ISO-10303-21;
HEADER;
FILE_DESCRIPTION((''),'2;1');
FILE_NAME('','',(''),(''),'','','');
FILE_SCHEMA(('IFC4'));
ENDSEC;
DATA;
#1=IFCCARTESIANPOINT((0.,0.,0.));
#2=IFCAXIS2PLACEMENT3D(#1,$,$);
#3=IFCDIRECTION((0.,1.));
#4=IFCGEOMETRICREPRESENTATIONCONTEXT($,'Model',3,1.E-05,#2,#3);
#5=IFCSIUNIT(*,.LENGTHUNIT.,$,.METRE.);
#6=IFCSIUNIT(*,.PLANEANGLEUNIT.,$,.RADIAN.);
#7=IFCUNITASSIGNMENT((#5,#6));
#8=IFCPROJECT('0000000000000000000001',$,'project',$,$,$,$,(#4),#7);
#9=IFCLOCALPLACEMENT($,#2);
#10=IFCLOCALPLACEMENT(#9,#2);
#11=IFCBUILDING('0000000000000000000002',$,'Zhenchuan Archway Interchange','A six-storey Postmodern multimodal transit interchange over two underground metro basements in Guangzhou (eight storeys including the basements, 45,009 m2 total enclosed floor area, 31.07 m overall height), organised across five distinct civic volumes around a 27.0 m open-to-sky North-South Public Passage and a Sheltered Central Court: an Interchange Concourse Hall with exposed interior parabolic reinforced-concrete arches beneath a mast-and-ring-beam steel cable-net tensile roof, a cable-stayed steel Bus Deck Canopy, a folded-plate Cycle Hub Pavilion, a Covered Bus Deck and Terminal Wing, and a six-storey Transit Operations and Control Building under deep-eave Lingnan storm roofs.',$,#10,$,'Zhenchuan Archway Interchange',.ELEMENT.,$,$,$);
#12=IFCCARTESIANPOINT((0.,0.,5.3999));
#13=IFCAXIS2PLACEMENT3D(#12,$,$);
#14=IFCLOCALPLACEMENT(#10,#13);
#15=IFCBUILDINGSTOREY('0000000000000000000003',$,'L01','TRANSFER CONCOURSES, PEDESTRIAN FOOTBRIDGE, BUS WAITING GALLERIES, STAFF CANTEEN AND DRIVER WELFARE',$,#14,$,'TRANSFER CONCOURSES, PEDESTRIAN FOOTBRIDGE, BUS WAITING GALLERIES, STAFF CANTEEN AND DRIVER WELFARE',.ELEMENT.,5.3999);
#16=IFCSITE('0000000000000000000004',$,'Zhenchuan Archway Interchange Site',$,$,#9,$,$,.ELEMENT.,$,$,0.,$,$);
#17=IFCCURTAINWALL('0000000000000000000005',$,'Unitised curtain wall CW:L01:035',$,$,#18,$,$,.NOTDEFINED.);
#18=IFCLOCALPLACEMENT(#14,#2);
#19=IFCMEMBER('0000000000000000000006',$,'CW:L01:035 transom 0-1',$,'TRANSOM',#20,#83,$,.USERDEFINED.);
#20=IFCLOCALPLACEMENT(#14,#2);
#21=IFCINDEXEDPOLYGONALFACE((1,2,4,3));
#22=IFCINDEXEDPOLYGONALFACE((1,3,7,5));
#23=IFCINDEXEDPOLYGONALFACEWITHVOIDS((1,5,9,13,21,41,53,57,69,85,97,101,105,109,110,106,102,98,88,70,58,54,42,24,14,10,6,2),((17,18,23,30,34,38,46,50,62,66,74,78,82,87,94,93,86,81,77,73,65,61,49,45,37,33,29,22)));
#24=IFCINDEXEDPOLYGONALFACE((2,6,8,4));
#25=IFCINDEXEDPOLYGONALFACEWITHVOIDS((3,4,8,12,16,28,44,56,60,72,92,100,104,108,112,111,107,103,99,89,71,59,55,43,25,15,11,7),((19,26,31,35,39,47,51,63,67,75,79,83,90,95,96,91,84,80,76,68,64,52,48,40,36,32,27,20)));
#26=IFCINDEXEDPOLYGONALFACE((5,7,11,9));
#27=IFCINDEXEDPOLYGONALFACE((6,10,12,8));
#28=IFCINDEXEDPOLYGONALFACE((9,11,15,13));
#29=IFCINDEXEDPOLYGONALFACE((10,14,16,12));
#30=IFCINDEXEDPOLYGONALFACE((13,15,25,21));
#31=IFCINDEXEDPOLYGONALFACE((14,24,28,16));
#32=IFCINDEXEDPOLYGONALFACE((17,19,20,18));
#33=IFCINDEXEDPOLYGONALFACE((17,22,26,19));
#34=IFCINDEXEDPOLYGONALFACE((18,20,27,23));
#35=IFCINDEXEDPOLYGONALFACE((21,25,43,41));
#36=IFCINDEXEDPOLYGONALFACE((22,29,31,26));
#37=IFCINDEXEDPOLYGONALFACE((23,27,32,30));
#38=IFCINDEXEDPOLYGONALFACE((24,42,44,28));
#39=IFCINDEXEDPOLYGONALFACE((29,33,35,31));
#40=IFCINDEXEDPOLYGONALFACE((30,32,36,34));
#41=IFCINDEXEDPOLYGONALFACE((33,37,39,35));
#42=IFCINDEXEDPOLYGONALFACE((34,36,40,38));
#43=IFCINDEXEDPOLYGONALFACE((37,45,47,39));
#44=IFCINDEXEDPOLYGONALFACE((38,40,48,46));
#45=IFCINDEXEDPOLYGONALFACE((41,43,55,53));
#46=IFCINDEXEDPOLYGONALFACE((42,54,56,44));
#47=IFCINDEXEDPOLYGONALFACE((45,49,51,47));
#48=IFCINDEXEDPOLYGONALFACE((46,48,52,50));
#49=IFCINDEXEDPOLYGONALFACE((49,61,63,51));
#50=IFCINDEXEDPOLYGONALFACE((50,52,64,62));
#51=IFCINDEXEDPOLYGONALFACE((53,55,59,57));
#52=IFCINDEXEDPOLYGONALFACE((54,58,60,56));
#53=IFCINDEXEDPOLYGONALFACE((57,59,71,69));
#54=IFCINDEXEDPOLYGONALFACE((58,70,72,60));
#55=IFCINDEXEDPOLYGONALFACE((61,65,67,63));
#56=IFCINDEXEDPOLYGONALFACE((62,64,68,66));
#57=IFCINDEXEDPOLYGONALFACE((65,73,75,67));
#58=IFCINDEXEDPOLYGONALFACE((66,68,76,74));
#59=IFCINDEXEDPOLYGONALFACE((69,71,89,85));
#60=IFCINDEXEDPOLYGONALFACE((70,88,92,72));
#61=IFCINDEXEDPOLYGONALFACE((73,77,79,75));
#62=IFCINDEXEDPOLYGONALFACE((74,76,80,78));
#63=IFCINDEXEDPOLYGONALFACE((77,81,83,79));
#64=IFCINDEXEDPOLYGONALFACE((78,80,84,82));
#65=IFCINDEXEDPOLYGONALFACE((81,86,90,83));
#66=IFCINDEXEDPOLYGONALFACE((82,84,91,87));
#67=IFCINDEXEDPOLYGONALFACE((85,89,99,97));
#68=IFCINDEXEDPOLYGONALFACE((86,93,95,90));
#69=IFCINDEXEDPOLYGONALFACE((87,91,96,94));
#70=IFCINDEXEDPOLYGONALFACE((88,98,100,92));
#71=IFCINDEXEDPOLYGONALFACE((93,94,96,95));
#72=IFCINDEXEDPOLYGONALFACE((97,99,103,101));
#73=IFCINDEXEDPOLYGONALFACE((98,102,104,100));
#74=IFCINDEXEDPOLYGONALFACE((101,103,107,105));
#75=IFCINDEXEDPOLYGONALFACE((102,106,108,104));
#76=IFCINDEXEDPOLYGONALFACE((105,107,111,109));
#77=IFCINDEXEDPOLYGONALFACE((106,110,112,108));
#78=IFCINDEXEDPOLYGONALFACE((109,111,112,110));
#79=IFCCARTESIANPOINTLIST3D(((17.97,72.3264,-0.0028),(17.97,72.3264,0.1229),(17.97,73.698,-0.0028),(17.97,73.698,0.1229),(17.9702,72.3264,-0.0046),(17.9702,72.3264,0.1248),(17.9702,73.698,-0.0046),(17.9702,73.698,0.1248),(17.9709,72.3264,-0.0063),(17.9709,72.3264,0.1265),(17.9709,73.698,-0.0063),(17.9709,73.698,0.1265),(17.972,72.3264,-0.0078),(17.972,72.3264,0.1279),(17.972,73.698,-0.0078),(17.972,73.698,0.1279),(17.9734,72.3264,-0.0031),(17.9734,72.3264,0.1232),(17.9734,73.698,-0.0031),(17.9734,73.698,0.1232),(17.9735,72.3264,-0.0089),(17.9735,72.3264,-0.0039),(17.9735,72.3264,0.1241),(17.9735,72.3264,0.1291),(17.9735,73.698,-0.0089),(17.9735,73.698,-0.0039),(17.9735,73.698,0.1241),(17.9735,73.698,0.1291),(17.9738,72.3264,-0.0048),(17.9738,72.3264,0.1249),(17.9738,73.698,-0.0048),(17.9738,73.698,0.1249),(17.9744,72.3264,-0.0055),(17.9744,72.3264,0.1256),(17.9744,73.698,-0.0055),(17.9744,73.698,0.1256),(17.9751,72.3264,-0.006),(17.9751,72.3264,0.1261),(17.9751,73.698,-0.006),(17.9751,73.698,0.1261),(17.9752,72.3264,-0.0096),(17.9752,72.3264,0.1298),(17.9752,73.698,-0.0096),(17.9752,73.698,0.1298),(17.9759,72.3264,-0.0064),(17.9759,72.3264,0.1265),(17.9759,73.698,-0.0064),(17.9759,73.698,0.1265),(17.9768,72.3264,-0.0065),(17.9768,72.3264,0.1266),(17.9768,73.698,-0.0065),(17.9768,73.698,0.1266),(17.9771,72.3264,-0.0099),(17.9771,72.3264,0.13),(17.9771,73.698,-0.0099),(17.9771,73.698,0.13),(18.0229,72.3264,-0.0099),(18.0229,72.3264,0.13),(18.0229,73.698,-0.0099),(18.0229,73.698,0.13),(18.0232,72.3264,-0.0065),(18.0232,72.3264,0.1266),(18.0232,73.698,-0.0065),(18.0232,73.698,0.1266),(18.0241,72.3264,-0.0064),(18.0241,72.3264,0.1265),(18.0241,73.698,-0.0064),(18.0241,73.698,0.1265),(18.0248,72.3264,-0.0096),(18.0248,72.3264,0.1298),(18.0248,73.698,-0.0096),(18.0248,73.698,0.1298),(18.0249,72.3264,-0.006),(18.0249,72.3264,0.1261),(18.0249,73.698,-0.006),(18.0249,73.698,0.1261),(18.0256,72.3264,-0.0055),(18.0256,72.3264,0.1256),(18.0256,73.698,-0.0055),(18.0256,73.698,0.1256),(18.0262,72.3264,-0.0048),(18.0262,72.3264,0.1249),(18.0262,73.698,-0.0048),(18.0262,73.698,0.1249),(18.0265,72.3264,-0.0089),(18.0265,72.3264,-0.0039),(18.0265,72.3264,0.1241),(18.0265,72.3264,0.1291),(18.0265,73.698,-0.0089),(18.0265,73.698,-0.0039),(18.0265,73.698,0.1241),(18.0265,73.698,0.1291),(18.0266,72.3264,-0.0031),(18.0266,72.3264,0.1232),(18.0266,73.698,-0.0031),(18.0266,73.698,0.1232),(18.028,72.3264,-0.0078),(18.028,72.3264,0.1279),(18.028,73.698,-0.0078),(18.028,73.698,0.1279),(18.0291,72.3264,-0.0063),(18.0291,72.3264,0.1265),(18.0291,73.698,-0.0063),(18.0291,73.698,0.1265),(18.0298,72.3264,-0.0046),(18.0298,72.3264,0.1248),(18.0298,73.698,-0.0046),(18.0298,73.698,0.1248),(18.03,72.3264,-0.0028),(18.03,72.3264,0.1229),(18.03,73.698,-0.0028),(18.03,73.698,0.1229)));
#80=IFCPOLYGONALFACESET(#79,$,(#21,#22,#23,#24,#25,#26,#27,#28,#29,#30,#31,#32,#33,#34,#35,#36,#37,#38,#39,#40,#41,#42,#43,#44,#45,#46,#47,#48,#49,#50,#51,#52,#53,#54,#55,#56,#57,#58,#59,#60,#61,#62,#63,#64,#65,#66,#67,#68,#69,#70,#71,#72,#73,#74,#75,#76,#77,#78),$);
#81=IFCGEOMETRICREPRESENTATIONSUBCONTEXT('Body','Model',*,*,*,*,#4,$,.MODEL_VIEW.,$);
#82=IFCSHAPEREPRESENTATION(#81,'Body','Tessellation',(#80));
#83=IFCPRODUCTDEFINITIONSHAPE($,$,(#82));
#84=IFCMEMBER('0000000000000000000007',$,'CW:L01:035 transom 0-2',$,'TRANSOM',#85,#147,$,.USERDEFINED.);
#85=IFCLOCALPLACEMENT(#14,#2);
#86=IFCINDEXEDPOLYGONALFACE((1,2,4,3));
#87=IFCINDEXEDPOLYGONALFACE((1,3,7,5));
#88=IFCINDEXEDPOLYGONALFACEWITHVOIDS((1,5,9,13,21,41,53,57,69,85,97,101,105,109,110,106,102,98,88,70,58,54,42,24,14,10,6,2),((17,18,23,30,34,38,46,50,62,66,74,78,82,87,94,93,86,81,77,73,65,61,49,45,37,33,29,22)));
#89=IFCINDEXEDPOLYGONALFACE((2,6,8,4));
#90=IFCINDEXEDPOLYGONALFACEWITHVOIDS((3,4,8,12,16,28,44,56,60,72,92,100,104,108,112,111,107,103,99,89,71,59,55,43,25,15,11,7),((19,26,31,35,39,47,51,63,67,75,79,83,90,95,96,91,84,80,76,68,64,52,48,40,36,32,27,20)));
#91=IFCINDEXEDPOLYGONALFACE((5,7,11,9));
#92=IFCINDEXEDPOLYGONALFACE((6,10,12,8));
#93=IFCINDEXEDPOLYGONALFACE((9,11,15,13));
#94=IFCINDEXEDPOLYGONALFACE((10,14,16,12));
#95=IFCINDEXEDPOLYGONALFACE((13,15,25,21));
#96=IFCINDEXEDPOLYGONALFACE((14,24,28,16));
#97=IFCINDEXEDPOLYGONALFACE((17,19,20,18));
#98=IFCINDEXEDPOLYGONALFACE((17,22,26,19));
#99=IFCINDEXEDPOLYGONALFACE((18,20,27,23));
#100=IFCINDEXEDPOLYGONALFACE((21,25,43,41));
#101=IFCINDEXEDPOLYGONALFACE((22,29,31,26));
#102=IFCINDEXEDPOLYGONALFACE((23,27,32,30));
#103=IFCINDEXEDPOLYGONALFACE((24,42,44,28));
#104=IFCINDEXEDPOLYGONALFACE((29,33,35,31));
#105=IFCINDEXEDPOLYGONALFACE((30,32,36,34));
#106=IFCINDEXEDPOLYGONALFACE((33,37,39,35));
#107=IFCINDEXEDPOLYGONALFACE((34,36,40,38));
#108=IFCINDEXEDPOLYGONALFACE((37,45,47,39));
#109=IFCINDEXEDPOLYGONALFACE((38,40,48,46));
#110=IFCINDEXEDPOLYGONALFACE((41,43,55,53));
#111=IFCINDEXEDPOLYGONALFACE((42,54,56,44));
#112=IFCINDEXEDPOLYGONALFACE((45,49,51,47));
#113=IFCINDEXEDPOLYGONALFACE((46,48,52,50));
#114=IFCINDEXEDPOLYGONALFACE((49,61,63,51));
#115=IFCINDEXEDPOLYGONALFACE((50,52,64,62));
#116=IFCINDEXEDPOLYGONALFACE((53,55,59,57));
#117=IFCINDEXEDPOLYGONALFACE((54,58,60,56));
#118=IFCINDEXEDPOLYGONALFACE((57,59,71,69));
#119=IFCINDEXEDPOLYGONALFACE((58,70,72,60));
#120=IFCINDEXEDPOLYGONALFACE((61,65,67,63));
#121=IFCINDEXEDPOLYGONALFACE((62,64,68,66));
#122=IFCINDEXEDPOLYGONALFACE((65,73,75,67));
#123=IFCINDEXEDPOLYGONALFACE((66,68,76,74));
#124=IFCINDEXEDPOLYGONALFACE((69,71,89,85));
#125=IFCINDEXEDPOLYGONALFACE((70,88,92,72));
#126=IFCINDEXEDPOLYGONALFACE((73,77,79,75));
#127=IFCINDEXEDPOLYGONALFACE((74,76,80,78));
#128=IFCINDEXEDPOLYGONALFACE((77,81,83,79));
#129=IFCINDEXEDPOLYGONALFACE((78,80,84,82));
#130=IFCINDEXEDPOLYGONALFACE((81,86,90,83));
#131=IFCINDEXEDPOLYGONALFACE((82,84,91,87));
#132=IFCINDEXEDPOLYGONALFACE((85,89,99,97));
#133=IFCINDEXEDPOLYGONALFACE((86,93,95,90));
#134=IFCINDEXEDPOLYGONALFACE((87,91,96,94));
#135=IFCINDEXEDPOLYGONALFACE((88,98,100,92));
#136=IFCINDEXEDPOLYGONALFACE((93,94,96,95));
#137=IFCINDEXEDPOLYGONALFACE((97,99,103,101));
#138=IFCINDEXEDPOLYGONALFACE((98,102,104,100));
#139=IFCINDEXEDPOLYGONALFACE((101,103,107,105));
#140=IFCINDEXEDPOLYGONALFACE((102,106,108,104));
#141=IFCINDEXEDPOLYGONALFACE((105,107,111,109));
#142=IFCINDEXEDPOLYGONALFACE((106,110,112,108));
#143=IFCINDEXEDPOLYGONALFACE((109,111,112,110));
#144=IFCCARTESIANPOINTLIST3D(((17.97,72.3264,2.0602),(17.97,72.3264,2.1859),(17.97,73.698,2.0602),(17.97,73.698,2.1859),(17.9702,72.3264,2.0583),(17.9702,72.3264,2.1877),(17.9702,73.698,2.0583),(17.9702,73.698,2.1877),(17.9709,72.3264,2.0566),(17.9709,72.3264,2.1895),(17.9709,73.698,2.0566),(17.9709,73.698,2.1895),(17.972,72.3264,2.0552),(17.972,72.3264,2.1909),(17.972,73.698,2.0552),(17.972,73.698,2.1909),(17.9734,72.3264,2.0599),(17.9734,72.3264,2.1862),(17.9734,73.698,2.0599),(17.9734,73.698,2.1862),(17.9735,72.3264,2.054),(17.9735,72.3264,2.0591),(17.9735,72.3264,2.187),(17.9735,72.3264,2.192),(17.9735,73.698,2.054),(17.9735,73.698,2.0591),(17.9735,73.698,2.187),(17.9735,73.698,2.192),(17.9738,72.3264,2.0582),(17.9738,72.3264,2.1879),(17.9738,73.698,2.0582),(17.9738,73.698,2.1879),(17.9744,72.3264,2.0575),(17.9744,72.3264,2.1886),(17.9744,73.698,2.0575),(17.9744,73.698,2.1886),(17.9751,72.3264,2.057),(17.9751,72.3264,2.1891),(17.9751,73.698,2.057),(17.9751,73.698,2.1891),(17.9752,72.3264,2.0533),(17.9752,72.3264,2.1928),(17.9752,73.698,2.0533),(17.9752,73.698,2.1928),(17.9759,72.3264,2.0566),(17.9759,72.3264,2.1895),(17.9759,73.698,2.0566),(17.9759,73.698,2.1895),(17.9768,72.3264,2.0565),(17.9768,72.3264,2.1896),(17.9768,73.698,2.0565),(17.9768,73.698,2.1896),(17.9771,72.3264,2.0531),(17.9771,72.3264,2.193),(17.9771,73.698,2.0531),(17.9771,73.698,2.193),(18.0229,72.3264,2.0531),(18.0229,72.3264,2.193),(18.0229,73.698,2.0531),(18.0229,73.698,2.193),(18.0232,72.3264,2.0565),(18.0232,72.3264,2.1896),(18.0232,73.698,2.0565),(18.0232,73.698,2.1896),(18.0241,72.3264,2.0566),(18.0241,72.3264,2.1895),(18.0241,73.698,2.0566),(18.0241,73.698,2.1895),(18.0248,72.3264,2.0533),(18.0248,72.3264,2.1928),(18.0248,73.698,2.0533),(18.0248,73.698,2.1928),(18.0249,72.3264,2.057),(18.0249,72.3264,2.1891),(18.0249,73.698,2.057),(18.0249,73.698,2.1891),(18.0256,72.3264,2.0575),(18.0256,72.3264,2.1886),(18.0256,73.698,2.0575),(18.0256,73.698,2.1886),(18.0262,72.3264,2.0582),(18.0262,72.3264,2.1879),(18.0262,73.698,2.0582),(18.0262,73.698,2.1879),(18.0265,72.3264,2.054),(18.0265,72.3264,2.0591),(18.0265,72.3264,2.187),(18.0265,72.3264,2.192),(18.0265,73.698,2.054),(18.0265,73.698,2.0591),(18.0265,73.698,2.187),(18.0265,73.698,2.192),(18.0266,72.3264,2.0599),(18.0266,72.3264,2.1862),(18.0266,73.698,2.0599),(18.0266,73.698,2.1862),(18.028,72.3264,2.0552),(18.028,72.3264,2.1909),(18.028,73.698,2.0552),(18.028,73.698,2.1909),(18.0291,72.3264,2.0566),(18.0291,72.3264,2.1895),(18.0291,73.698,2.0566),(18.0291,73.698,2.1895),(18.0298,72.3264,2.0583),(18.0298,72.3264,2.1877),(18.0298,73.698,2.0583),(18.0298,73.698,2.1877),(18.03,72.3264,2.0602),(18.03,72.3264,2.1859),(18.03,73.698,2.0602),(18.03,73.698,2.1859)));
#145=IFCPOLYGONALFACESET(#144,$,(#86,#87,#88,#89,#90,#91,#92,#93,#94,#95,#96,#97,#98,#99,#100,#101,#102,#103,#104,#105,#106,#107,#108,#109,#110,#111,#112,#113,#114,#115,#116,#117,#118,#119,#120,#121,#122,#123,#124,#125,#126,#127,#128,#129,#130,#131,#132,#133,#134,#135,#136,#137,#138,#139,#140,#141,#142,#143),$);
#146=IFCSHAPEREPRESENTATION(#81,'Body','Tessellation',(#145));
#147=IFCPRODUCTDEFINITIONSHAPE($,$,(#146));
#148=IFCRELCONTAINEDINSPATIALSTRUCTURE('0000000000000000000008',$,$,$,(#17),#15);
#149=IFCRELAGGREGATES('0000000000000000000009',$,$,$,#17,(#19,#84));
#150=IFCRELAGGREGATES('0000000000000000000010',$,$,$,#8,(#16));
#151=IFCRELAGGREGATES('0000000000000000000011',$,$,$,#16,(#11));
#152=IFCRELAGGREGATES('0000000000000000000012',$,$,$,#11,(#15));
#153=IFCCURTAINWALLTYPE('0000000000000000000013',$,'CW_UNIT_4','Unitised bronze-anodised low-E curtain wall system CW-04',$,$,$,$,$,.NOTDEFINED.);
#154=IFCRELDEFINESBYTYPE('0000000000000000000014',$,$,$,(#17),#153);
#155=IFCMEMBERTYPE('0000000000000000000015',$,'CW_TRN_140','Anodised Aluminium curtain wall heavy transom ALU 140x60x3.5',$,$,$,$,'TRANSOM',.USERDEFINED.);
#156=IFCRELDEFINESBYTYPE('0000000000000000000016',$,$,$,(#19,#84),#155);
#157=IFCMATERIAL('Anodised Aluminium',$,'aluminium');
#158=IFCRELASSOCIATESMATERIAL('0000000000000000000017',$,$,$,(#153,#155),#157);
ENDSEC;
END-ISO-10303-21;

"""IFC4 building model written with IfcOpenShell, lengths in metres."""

from ifc_helpers import new_model, si_unit, direction, frame, origin, origin_2d, place, context, subcontext, project, spatial, hollow_rectangle, extrude, material, material_profile, profile_set, type_object, element, aggregate, save


model = new_model("IFC4")

# Units and contexts
model_context = context("Model", 3, precision=1e-05, world=origin(), true_north=direction((0.0, 1.0)))
body_context = subcontext(model_context, "Body", "Model", "MODEL_VIEW")
ifc_project = project(units=[si_unit("LENGTHUNIT", "METRE"), si_unit("PLANEANGLEUNIT", "RADIAN")], contexts=[model_context])

# Site, building, storey
site_placement = place(None, origin())
site = spatial("IfcSite", under=ifc_project, at=site_placement, Name="Zhenchuan Archway Interchange Site", CompositionType="ELEMENT", RefElevation=0.0)
building_placement = place(site_placement, origin())
building = spatial("IfcBuilding", under=site, at=building_placement, Name="Zhenchuan Archway Interchange", Description="A six-storey Postmodern multimodal transit interchange over two underground metro basements in Guangzhou (eight storeys including the basements, 45,009 m2 total enclosed floor area, 31.07 m overall height), organised across five distinct civic volumes around a 27.0 m open-to-sky North-South Public Passage and a Sheltered Central Court: an Interchange Concourse Hall with exposed interior parabolic reinforced-concrete arches beneath a mast-and-ring-beam steel cable-net tensile roof, a cable-stayed steel Bus Deck Canopy, a folded-plate Cycle Hub Pavilion, a Covered Bus Deck and Terminal Wing, and a six-storey Transit Operations and Control Building under deep-eave Lingnan storm roofs.", LongName="Zhenchuan Archway Interchange", CompositionType="ELEMENT")
storey_placement = place(building_placement, frame((0.0, 0.0, 5.3999)))
storey = spatial("IfcBuildingStorey", under=building, at=storey_placement, Name="L01", Description="TRANSFER CONCOURSES, PEDESTRIAN FOOTBRIDGE, BUS WAITING GALLERIES, STAFF CANTEEN AND DRIVER WELFARE", LongName="TRANSFER CONCOURSES, PEDESTRIAN FOOTBRIDGE, BUS WAITING GALLERIES, STAFF CANTEEN AND DRIVER WELFARE", CompositionType="ELEMENT", Elevation=5.3999)

# Shared definitions
ifc_material_1 = material(Name="Anodised Aluminium", Category="aluminium")

# Curtain wall
curtain_wall_type_1 = type_object("IfcCurtainWallType", Name="CW_UNIT_4", Description="Unitised bronze-anodised low-E curtain wall system CW-04", PredefinedType="NOTDEFINED", material=ifc_material_1)
curtain_wall_1_placement = place(storey_placement, origin())
curtain_wall_1 = element("IfcCurtainWall", 1, at=curtain_wall_1_placement, inside=storey, type_object=curtain_wall_type_1, Name="Unitised curtain wall CW:L01:035", PredefinedType="NOTDEFINED")

# Members
ifc_material_profile_1 = material_profile(ifc_material_1, hollow_rectangle(XDim=0.0601, YDim=0.1399, WallThickness=0.0034, InnerFilletRadius=0.0034, OuterFilletRadius=0.0071, at=origin_2d()), Name="ALU 140x60x3.5")
ifc_profile_set_1 = profile_set([ifc_material_profile_1], Name="Anodised Aluminium")
member_type_1 = type_object("IfcMemberType", Name="CW_TRN_140", Description="Anodised Aluminium curtain wall heavy transom ALU 140x60x3.5", ElementType="TRANSOM", PredefinedType="USERDEFINED", material=ifc_profile_set_1)
member_1_placement = place(storey_placement, frame((18.0, 72.3264, 0.0601), z_axis=(0.0, 1.0, 0.0), x_axis=(-1.0, 0.0, 0.0)))
member_1 = element("IfcMember", 2, at=member_1_placement, type_object=member_type_1, Name="CW:L01:035 transom 0-1", ObjectType="TRANSOM", PredefinedType="USERDEFINED", context=body_context, shape_type="SweptSolid", body=[
    extrude(hollow_rectangle(XDim=0.0601, YDim=0.1399, WallThickness=0.0034, InnerFilletRadius=0.0034, OuterFilletRadius=0.0071, at=origin_2d()), origin(), (0.0, 0.0, 1.0), 1.3716),
])
member_2_placement = place(storey_placement, frame((18.0, 72.3264, 2.123), z_axis=(0.0, 1.0, 0.0), x_axis=(-1.0, 0.0, 0.0)))
member_2 = element("IfcMember", 3, at=member_2_placement, type_object=member_type_1, Name="CW:L01:035 transom 0-2", ObjectType="TRANSOM", PredefinedType="USERDEFINED", context=body_context, shape_type="SweptSolid", body=[
    extrude(hollow_rectangle(XDim=0.0601, YDim=0.1399, WallThickness=0.0034, InnerFilletRadius=0.0034, OuterFilletRadius=0.0071, at=origin_2d()), origin(), (0.0, 0.0, 1.0), 1.3716),
])
aggregate(curtain_wall_1, [member_1, member_2])

save(model, "model.ifc")
